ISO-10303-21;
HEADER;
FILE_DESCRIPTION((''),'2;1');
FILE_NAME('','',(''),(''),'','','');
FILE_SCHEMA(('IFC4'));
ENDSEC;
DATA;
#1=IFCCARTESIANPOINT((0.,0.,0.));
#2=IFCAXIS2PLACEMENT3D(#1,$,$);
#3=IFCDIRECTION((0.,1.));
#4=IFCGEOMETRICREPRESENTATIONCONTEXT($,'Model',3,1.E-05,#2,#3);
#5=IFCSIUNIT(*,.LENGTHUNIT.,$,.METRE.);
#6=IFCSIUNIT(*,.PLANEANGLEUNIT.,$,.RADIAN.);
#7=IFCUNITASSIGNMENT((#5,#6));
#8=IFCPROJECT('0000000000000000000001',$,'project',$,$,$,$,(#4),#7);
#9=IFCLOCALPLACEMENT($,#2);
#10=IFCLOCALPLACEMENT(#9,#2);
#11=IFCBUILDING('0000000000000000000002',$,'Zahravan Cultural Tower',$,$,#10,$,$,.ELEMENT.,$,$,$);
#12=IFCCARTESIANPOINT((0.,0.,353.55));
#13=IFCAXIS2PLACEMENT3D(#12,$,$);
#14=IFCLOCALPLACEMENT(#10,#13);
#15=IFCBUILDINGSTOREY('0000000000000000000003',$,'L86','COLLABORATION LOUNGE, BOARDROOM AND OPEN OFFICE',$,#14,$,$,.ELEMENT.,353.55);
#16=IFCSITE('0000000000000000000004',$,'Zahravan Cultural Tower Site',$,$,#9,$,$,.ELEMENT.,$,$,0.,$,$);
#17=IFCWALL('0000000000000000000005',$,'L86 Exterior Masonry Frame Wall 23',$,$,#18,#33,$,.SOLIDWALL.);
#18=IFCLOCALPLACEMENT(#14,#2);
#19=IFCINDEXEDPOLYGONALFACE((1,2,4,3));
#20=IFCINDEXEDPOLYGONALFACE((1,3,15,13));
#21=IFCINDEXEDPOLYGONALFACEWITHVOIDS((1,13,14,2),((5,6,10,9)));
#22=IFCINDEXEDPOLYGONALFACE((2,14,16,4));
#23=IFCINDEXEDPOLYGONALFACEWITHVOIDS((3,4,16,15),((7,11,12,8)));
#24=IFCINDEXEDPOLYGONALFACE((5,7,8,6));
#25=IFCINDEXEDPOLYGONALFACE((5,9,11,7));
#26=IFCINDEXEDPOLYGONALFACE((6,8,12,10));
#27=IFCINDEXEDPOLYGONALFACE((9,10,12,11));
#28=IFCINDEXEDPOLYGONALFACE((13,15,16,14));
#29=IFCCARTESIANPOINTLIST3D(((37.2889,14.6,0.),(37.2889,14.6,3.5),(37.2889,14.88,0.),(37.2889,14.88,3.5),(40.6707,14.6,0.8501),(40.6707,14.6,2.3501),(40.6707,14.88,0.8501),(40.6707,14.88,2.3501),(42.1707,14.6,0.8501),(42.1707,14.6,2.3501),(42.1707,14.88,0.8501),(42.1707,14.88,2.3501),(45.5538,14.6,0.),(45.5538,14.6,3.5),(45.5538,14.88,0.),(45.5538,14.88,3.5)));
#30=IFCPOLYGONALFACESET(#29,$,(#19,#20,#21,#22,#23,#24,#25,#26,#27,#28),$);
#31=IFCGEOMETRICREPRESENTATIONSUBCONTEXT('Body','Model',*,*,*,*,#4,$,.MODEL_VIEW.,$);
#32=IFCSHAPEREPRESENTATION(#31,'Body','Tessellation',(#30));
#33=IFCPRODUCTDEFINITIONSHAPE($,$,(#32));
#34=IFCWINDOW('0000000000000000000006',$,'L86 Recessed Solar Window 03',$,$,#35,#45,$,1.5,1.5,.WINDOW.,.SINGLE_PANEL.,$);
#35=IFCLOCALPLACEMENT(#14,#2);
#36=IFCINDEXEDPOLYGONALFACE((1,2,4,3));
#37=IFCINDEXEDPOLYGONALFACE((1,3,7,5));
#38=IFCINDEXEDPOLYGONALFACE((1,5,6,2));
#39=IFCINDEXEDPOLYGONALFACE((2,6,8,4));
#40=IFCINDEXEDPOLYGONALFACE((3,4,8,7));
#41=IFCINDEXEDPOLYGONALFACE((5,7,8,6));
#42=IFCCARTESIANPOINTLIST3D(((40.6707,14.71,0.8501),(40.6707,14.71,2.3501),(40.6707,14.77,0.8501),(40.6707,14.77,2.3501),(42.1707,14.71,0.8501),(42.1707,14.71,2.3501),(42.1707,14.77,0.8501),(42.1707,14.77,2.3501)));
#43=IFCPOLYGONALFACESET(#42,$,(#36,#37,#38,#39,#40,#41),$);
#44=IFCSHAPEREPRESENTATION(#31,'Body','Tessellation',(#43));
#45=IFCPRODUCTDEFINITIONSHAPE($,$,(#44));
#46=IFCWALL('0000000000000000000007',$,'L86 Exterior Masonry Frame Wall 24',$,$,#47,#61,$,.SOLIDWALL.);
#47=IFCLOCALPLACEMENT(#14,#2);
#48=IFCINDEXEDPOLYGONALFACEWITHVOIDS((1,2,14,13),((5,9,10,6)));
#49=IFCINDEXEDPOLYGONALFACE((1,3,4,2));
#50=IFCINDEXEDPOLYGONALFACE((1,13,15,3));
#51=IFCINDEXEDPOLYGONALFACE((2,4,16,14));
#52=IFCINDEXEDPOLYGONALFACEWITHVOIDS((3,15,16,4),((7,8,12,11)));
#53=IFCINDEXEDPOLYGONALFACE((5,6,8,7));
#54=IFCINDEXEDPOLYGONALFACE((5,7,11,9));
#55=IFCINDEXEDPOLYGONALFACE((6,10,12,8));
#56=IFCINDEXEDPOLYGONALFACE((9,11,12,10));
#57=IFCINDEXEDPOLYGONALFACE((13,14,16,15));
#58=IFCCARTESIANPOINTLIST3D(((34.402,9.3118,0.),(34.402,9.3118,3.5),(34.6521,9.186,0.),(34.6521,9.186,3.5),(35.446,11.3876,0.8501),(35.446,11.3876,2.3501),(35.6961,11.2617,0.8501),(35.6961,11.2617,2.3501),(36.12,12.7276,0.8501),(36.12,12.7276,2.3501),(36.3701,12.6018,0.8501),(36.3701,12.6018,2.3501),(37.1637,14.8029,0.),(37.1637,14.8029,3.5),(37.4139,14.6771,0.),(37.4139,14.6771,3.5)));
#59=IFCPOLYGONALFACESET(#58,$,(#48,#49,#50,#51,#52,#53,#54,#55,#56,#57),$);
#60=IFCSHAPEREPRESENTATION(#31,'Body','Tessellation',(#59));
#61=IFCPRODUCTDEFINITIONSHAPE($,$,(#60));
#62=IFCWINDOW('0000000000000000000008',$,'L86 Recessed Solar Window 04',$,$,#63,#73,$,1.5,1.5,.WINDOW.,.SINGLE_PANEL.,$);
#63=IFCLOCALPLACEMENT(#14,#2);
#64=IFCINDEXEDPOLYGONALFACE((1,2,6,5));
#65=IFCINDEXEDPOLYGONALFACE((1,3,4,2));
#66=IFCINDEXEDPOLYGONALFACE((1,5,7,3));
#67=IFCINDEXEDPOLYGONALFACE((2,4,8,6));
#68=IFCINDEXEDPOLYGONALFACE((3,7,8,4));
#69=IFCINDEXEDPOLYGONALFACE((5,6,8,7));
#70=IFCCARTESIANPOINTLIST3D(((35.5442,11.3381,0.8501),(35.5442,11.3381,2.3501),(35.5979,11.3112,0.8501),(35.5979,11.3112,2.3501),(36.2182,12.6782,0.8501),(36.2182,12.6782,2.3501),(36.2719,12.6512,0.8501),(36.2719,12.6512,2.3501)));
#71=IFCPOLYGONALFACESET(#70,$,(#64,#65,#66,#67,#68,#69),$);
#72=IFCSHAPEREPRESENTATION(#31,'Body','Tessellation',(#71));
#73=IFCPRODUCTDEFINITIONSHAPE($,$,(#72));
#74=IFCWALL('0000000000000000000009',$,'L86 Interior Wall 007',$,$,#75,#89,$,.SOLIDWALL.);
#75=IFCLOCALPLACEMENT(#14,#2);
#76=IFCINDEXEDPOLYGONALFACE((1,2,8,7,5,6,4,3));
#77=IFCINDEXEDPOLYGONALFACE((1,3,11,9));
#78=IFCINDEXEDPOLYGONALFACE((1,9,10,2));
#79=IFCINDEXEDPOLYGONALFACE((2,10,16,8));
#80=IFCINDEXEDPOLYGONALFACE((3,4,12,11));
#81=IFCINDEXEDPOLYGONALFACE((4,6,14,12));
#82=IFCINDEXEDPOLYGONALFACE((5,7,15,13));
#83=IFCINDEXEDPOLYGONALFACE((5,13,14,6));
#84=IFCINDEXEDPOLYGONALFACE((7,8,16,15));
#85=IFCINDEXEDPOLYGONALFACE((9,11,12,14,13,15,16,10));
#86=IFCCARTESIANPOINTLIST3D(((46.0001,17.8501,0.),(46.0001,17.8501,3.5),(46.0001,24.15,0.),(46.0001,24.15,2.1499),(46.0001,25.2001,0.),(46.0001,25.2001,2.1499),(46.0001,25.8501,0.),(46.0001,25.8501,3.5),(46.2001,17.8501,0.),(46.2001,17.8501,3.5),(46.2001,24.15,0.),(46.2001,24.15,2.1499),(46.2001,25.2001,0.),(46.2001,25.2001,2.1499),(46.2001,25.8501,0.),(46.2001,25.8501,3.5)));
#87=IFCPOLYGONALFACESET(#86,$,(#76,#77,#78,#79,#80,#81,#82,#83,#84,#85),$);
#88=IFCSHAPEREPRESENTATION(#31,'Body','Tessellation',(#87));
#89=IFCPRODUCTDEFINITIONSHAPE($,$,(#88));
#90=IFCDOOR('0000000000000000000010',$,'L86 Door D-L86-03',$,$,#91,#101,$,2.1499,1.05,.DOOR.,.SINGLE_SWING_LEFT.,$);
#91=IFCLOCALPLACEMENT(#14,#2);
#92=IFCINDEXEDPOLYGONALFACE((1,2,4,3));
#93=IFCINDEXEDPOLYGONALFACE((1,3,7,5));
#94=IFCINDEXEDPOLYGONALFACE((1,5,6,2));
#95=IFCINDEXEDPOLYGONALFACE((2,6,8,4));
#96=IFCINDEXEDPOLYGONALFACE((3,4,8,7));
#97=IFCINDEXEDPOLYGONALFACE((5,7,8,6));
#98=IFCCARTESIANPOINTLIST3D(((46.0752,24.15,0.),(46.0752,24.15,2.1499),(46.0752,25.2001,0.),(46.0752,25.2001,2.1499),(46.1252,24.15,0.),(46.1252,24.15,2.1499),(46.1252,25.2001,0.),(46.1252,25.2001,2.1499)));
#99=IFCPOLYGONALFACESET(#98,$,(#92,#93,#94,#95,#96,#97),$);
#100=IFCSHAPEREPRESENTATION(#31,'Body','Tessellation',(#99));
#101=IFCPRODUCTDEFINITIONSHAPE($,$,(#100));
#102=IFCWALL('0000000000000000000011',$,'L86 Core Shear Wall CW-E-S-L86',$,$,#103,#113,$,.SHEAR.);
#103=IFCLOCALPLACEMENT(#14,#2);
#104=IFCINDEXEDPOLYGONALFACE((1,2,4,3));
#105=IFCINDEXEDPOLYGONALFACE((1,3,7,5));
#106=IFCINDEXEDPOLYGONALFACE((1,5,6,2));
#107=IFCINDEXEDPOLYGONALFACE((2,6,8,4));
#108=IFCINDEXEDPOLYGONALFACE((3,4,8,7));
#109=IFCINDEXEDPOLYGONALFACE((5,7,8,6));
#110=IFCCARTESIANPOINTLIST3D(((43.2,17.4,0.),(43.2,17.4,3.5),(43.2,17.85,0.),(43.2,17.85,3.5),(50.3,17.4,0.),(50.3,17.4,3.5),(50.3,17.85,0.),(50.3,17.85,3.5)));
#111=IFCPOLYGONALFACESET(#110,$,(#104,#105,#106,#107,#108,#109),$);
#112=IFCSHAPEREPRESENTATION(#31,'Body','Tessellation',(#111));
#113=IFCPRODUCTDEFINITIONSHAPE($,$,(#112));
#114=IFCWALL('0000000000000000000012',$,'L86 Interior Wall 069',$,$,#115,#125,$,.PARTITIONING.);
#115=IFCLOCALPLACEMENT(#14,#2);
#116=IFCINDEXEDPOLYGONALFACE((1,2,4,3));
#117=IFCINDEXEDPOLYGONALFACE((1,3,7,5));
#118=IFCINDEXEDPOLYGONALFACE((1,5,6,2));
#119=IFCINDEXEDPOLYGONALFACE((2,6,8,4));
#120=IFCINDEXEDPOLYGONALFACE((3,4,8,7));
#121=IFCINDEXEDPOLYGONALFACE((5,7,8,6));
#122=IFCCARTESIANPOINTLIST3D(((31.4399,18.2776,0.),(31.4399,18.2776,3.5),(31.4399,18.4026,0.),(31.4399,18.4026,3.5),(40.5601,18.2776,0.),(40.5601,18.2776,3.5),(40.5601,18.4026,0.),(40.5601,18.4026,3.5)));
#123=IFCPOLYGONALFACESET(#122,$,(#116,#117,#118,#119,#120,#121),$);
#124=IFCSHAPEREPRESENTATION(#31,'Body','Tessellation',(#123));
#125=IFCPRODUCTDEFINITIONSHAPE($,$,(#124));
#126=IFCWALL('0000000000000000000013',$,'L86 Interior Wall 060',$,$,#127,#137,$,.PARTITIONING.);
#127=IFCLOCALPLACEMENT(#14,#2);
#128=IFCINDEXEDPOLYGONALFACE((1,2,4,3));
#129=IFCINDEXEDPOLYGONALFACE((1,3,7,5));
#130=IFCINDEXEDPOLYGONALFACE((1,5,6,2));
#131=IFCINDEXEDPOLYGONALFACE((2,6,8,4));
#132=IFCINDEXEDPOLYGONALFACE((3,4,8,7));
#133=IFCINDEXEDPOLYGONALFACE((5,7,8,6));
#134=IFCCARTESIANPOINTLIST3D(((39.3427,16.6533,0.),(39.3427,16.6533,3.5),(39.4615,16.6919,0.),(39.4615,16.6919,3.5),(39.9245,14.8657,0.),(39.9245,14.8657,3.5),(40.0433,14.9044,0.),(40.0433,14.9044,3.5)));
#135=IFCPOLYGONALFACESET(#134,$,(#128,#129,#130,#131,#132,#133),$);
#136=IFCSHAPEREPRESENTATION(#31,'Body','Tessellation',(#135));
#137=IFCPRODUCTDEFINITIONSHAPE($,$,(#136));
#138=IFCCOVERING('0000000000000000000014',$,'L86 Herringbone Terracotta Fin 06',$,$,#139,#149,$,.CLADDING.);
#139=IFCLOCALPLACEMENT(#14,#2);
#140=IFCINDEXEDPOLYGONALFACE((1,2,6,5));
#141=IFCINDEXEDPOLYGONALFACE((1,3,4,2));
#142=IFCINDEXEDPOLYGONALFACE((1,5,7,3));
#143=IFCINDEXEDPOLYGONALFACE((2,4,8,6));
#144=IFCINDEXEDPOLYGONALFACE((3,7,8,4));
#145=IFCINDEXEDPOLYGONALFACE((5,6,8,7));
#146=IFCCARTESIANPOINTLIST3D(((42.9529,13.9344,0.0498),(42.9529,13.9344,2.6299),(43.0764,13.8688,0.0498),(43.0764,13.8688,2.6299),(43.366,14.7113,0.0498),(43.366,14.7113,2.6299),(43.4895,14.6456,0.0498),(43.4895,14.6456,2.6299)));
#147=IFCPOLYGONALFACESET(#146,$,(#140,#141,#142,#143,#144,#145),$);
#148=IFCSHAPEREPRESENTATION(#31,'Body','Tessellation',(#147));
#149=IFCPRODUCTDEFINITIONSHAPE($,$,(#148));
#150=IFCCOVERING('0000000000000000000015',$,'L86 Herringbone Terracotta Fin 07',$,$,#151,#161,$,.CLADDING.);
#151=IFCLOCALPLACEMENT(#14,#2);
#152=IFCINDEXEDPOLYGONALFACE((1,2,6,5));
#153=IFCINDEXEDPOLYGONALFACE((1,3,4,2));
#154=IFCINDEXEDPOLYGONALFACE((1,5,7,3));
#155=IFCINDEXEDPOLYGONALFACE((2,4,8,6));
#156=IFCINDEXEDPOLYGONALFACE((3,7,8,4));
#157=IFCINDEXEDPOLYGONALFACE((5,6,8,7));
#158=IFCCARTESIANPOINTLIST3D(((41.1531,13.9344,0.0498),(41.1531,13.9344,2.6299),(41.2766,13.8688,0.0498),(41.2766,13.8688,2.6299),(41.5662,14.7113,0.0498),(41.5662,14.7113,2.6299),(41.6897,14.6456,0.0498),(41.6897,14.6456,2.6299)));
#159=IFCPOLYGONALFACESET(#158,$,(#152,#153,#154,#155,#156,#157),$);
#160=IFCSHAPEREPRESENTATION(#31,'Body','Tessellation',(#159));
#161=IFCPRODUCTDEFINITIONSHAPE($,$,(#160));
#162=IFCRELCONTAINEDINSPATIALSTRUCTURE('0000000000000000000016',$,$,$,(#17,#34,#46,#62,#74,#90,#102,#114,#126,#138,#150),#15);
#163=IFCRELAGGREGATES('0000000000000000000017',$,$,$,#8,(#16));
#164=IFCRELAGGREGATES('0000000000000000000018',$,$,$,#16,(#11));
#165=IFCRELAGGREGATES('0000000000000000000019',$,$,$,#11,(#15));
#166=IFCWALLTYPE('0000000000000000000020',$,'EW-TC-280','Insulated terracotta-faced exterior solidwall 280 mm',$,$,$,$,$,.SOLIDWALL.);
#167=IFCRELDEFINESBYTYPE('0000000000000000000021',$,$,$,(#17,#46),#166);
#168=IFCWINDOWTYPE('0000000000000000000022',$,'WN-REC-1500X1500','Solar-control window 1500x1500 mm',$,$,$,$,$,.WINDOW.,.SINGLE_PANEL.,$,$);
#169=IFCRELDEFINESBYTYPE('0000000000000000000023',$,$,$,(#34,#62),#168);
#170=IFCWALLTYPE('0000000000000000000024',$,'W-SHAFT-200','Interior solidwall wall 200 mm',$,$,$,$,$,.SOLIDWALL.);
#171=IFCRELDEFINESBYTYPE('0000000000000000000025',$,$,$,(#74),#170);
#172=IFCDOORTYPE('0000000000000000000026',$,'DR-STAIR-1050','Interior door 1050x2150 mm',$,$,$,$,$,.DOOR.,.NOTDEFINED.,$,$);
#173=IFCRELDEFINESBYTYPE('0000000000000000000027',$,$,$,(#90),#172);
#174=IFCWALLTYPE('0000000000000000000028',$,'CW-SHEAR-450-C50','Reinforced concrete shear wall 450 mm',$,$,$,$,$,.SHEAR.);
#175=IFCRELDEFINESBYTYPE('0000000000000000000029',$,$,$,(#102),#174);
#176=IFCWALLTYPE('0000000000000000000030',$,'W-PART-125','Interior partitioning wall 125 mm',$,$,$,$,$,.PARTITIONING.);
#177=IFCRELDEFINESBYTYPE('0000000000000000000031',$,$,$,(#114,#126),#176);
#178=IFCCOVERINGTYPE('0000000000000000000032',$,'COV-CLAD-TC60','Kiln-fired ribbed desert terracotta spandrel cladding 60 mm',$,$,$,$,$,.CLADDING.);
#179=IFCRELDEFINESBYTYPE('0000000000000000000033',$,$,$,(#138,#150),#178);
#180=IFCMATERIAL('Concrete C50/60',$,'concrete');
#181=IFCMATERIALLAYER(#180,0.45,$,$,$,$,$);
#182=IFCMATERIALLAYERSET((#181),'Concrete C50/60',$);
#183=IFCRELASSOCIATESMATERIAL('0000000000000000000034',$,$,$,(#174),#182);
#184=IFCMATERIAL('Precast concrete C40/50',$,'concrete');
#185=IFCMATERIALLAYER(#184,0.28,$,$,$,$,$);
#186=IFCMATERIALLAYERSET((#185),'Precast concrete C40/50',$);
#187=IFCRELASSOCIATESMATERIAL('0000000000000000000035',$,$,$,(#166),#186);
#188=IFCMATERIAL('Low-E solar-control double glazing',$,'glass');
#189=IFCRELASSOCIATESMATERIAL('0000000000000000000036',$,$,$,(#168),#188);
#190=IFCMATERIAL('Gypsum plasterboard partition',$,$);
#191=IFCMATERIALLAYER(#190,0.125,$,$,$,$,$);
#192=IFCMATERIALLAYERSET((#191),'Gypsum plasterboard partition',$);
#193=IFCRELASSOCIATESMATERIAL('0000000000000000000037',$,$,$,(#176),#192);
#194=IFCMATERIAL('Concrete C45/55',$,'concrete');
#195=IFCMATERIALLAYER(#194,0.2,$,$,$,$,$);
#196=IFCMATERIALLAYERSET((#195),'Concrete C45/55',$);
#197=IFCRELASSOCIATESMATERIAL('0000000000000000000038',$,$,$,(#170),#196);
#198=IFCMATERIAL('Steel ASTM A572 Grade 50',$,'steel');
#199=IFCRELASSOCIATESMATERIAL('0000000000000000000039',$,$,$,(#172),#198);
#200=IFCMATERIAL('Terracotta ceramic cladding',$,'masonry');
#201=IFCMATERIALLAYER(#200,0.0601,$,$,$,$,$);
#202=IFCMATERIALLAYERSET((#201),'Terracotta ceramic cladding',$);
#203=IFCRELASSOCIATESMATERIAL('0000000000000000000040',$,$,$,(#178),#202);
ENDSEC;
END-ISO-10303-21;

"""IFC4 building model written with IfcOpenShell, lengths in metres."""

from ifc_helpers import new_model, si_unit, direction, frame, frame_2d, origin, origin_2d, place, context, subcontext, project, spatial, rectangle, extrude, source, transform, mapped, material, layer, layer_set, type_object, element, fill, save


model = new_model("IFC4")

# Units and contexts
model_context = context("Model", 3, precision=1e-05, world=origin(), true_north=direction((0.0, 1.0)))
body_context = subcontext(model_context, "Body", "Model", "MODEL_VIEW")
ifc_project = project(units=[si_unit("LENGTHUNIT", "METRE"), si_unit("PLANEANGLEUNIT", "RADIAN")], contexts=[model_context])

# Site, building, storey
site_placement = place(None, origin())
site = spatial("IfcSite", under=ifc_project, at=site_placement, Name="Zahravan Cultural Tower Site", CompositionType="ELEMENT", RefElevation=0.0)
building_placement = place(site_placement, origin())
building = spatial("IfcBuilding", under=site, at=building_placement, Name="Zahravan Cultural Tower", CompositionType="ELEMENT")
storey_placement = place(building_placement, frame((0.0, 0.0, 353.55)))
storey = spatial("IfcBuildingStorey", under=building, at=storey_placement, Name="L86", Description="COLLABORATION LOUNGE, BOARDROOM AND OPEN OFFICE", CompositionType="ELEMENT", Elevation=353.55)

# Shared definitions
ifc_material_1 = material(Name="Concrete C50/60", Category="concrete")

# Shared definitions
ifc_layer_1 = layer(ifc_material_1, 0.45)
ifc_layer_set_1 = layer_set([ifc_layer_1], Name="Concrete C50/60")
wall_type_1 = type_object("IfcWallType", Name="CW-SHEAR-450-C50", Description="Reinforced concrete shear wall 450 mm", PredefinedType="SHEAR", material=ifc_layer_set_1)
ifc_material_2 = material(Name="Steel ASTM A572 Grade 50", Category="steel")

# Walls, openings, windows
ifc_material_3 = material(Name="Precast concrete C40/50", Category="concrete")
ifc_layer_2 = layer(ifc_material_3, 0.28)
ifc_layer_set_2 = layer_set([ifc_layer_2], Name="Precast concrete C40/50")
wall_type_2 = type_object("IfcWallType", Name="EW-TC-280", Description="Insulated terracotta-faced exterior solidwall 280 mm", PredefinedType="SOLIDWALL", material=ifc_layer_set_2)
wall_1_placement = place(storey_placement, frame((45.5537, 14.74, 0.0), z_axis=(0.0, 0.0, 1.0), x_axis=(-1.0, 0.0, 0.0)))
wall_1 = element("IfcWall", 1, at=wall_1_placement, inside=storey, type_object=wall_type_2, Name="L86 Exterior Masonry Frame Wall 23", PredefinedType="SOLIDWALL", context=body_context, shape_type="SweptSolid", body=[
    extrude(rectangle(XDim=8.2649, YDim=0.28, at=frame_2d((4.1323, 0.0))), origin(), (0.0, 0.0, 1.0), 3.5),
])
opening_1_placement = place(wall_1_placement, frame((3.3831, 0.0, 0.8501)))
opening_1 = element("IfcOpeningElement", 2, at=opening_1_placement, cuts=wall_1, PredefinedType="OPENING", context=body_context, shape_type="SweptSolid", body=[
    extrude(rectangle(XDim=1.5, YDim=1.5, at=frame_2d((0.75, 0.75))), frame((0.0, 0.1499, 0.0), z_axis=(0.0, -1.0, 0.0), x_axis=(1.0, 0.0, 0.0)), (0.0, 0.0, 1.0), 0.3),
])
ifc_material_4 = material(Name="Low-E solar-control double glazing", Category="glass")
window_type = type_object("IfcWindowType", Name="WN-REC-1500X1500", Description="Solar-control window 1500x1500 mm", PartitioningType="SINGLE_PANEL", PredefinedType="WINDOW", material=ifc_material_4)
shared_shape_1 = source(origin(), body_context, "Body", "SweptSolid", [
    extrude(rectangle(XDim=1.5, YDim=1.5, at=frame_2d((0.75, 0.75))), frame((0.0, 0.03, 0.0), z_axis=(0.0, -1.0, 0.0), x_axis=(1.0, 0.0, 0.0)), (0.0, 0.0, 1.0), 0.0601),
])
window_1_placement = place(opening_1_placement, origin())
window_1 = element("IfcWindow", 3, at=window_1_placement, inside=storey, type_object=window_type, Name="L86 Recessed Solar Window 03", OverallHeight=1.5, OverallWidth=1.5, PartitioningType="SINGLE_PANEL", PredefinedType="WINDOW", context=body_context, shape_type="MappedRepresentation", body=[
    mapped(shared_shape_1, transform((0.0, 0.0, 0.0), x_axis=(1.0, 0.0, 0.0), y_axis=(0.0, 1.0, 0.0), z_axis=(0.0, 0.0, 1.0), scale=1.0)),
])
fill(opening_1, window_1)
wall_2_placement = place(storey_placement, frame((37.2888, 14.74, 0.0), z_axis=(0.0, 0.0, 1.0), x_axis=(-0.449326, -0.893368, 0.0)))
wall_2 = element("IfcWall", 4, at=wall_2_placement, inside=storey, type_object=wall_type_2, Name="L86 Exterior Masonry Frame Wall 24", PredefinedType="SOLIDWALL", context=body_context, shape_type="SweptSolid", body=[
    extrude(rectangle(XDim=6.1465, YDim=0.28, at=frame_2d((3.0732, 0.0))), origin(), (0.0, 0.0, 1.0), 3.5),
])
opening_2_placement = place(wall_2_placement, frame((2.323, 0.0, 0.8501)))
opening_2 = element("IfcOpeningElement", 5, at=opening_2_placement, cuts=wall_2, PredefinedType="OPENING", context=body_context, shape_type="SweptSolid", body=[
    extrude(rectangle(XDim=1.5, YDim=1.5, at=frame_2d((0.75, 0.75))), frame((0.0, 0.1499, 0.0), z_axis=(0.0, -1.0, 0.0), x_axis=(1.0, 0.0, 0.0)), (0.0, 0.0, 1.0), 0.3),
])
window_2_placement = place(opening_2_placement, origin())
window_2 = element("IfcWindow", 6, at=window_2_placement, inside=storey, type_object=window_type, Name="L86 Recessed Solar Window 04", OverallHeight=1.5, OverallWidth=1.5, PartitioningType="SINGLE_PANEL", PredefinedType="WINDOW", context=body_context, shape_type="MappedRepresentation", body=[
    mapped(shared_shape_1, transform((0.0, 0.0, 0.0), x_axis=(1.0, 0.0, 0.0), y_axis=(0.0, 1.0, 0.0), z_axis=(0.0, 0.0, 1.0), scale=1.0)),
])
fill(opening_2, window_2)

# Wall, opening, door
ifc_material_5 = material(Name="Gypsum plasterboard partition")
ifc_layer_3 = layer(ifc_material_5, 0.125)
ifc_layer_set_3 = layer_set([ifc_layer_3], Name="Gypsum plasterboard partition")
wall_type_3 = type_object("IfcWallType", Name="W-PART-125", Description="Interior partitioning wall 125 mm", PredefinedType="PARTITIONING", material=ifc_layer_set_3)
ifc_material_6 = material(Name="Concrete C45/55", Category="concrete")
ifc_layer_4 = layer(ifc_material_6, 0.2)
ifc_layer_set_4 = layer_set([ifc_layer_4], Name="Concrete C45/55")
wall_type_4 = type_object("IfcWallType", Name="W-SHAFT-200", Description="Interior solidwall wall 200 mm", PredefinedType="SOLIDWALL", material=ifc_layer_set_4)
wall_3_placement = place(storey_placement, frame((46.1001, 17.8501, 0.0), z_axis=(0.0, 0.0, 1.0), x_axis=(0.0, 1.0, 0.0)))
wall_3 = element("IfcWall", 7, at=wall_3_placement, inside=storey, type_object=wall_type_4, Name="L86 Interior Wall 007", PredefinedType="SOLIDWALL", context=body_context, shape_type="SweptSolid", body=[
    extrude(rectangle(XDim=8.0, YDim=0.2, at=frame_2d((4.0, 0.0))), origin(), (0.0, 0.0, 1.0), 3.5),
])
opening_3_placement = place(wall_3_placement, frame((6.3, 0.0, 0.0)))
opening_3 = element("IfcOpeningElement", 8, at=opening_3_placement, cuts=wall_3, PredefinedType="OPENING", context=body_context, shape_type="SweptSolid", body=[
    extrude(rectangle(XDim=1.05, YDim=2.1499, at=frame_2d((0.5249, 1.075))), frame((0.0, 0.1099, 0.0), z_axis=(0.0, -1.0, 0.0), x_axis=(1.0, 0.0, 0.0)), (0.0, 0.0, 1.0), 0.22),
])
door_type_1 = type_object("IfcDoorType", Name="DR-STAIR-1050", Description="Interior door 1050x2150 mm", OperationType="NOTDEFINED", PredefinedType="DOOR", material=ifc_material_2)
shared_shape_2 = source(origin(), body_context, "Body", "SweptSolid", [
    extrude(rectangle(XDim=1.05, YDim=2.1499, at=frame_2d((0.5249, 1.075))), frame((0.0, 0.0249, 0.0), z_axis=(0.0, -1.0, 0.0), x_axis=(1.0, 0.0, 0.0)), (0.0, 0.0, 1.0), 0.05),
])
door_1_placement = place(opening_3_placement, origin())
door_1 = element("IfcDoor", 9, at=door_1_placement, inside=storey, type_object=door_type_1, Name="L86 Door D-L86-03", OperationType="SINGLE_SWING_LEFT", OverallHeight=2.1499, OverallWidth=1.05, PredefinedType="DOOR", context=body_context, shape_type="MappedRepresentation", body=[
    mapped(shared_shape_2, transform((0.0, 0.0, 0.0), x_axis=(1.0, 0.0, 0.0), y_axis=(0.0, 1.0, 0.0), z_axis=(0.0, 0.0, 1.0), scale=1.0)),
])
fill(opening_3, door_1)

# Walls
shared_shape_3 = source(origin(), body_context, "Body", "SweptSolid", [
    extrude(rectangle(XDim=7.1001, YDim=0.45, at=frame_2d((3.55, 0.0))), origin(), (0.0, 0.0, 1.0), 3.5),
])
wall_4_placement = place(storey_placement, frame((43.2, 17.625, 0.0), z_axis=(0.0, 0.0, 1.0), x_axis=(1.0, 0.0, 0.0)))
element("IfcWall", 10, at=wall_4_placement, inside=storey, type_object=wall_type_1, Name="L86 Core Shear Wall CW-E-S-L86", PredefinedType="SHEAR", context=body_context, shape_type="MappedRepresentation", body=[
    mapped(shared_shape_3, transform((0.0, 0.0, 0.0), x_axis=(1.0, 0.0, 0.0), y_axis=(0.0, 1.0, 0.0), z_axis=(0.0, 0.0, 1.0), scale=1.0)),
])
shared_shape_4 = source(origin(), body_context, "Body", "SweptSolid", [
    extrude(rectangle(XDim=9.1201, YDim=0.125, at=frame_2d((4.5601, 0.0))), origin(), (0.0, 0.0, 1.0), 3.5),
])
wall_5_placement = place(storey_placement, frame((40.5601, 18.3401, 0.0), z_axis=(0.0, 0.0, 1.0), x_axis=(-1.0, 0.0, 0.0)))
element("IfcWall", 11, at=wall_5_placement, inside=storey, type_object=wall_type_3, Name="L86 Interior Wall 069", PredefinedType="PARTITIONING", context=body_context, shape_type="MappedRepresentation", body=[
    mapped(shared_shape_4, transform((0.0, 0.0, 0.0), x_axis=(1.0, 0.0, 0.0), y_axis=(0.0, 1.0, 0.0), z_axis=(0.0, 0.0, 1.0), scale=1.0)),
])
shared_shape_5 = source(origin(), body_context, "Body", "SweptSolid", [
    extrude(rectangle(XDim=1.8799, YDim=0.125, at=frame_2d((0.9399, 0.0))), origin(), (0.0, 0.0, 1.0), 3.5),
])
wall_6_placement = place(storey_placement, frame((39.9839, 14.885, 0.0), z_axis=(0.0, 0.0, 1.0), x_axis=(-0.30948, 0.950906, 0.0)))
element("IfcWall", 12, at=wall_6_placement, inside=storey, type_object=wall_type_3, Name="L86 Interior Wall 060", PredefinedType="PARTITIONING", context=body_context, shape_type="MappedRepresentation", body=[
    mapped(shared_shape_5, transform((0.0, 0.0, 0.0), x_axis=(1.0, 0.0, 0.0), y_axis=(0.0, 1.0, 0.0), z_axis=(0.0, 0.0, 1.0), scale=1.0)),
])

# Coverings
ifc_material_7 = material(Name="Terracotta ceramic cladding", Category="masonry")
ifc_layer_5 = layer(ifc_material_7, 0.0601)
ifc_layer_set_5 = layer_set([ifc_layer_5], Name="Terracotta ceramic cladding")
covering_type = type_object("IfcCoveringType", Name="COV-CLAD-TC60", Description="Kiln-fired ribbed desert terracotta spandrel cladding 60 mm", PredefinedType="CLADDING", material=ifc_layer_set_5)
shared_shape_6 = source(origin(), body_context, "Body", "SweptSolid", [
    extrude(rectangle(XDim=0.8799, YDim=0.1399, at=origin_2d()), origin(), (0.0, 0.0, 1.0), 2.5801),
])
for number, where, z_axis, x_axis, name in (
    (13, (43.2212, 14.29, 0.0498), (0.0, 0.0, 1.0), (-0.469472, -0.882948, 0.0), "L86 Herringbone Terracotta Fin 06"),
    (14, (41.4214, 14.29, 0.0498), (0.0, 0.0, 1.0), (-0.469472, -0.882948, 0.0), "L86 Herringbone Terracotta Fin 07"),
):
    element("IfcCovering", number, at=place(storey_placement, frame(where, z_axis=z_axis, x_axis=x_axis)), inside=storey, type_object=covering_type, Name=name, PredefinedType="CLADDING", context=body_context, shape_type="MappedRepresentation", body=[
        mapped(shared_shape_6, transform((0.0, 0.0, 0.0), x_axis=(1.0, 0.0, 0.0), y_axis=(0.0, 1.0, 0.0), z_axis=(0.0, 0.0, 1.0), scale=1.0)),
    ])

save(model, "model.ifc")
